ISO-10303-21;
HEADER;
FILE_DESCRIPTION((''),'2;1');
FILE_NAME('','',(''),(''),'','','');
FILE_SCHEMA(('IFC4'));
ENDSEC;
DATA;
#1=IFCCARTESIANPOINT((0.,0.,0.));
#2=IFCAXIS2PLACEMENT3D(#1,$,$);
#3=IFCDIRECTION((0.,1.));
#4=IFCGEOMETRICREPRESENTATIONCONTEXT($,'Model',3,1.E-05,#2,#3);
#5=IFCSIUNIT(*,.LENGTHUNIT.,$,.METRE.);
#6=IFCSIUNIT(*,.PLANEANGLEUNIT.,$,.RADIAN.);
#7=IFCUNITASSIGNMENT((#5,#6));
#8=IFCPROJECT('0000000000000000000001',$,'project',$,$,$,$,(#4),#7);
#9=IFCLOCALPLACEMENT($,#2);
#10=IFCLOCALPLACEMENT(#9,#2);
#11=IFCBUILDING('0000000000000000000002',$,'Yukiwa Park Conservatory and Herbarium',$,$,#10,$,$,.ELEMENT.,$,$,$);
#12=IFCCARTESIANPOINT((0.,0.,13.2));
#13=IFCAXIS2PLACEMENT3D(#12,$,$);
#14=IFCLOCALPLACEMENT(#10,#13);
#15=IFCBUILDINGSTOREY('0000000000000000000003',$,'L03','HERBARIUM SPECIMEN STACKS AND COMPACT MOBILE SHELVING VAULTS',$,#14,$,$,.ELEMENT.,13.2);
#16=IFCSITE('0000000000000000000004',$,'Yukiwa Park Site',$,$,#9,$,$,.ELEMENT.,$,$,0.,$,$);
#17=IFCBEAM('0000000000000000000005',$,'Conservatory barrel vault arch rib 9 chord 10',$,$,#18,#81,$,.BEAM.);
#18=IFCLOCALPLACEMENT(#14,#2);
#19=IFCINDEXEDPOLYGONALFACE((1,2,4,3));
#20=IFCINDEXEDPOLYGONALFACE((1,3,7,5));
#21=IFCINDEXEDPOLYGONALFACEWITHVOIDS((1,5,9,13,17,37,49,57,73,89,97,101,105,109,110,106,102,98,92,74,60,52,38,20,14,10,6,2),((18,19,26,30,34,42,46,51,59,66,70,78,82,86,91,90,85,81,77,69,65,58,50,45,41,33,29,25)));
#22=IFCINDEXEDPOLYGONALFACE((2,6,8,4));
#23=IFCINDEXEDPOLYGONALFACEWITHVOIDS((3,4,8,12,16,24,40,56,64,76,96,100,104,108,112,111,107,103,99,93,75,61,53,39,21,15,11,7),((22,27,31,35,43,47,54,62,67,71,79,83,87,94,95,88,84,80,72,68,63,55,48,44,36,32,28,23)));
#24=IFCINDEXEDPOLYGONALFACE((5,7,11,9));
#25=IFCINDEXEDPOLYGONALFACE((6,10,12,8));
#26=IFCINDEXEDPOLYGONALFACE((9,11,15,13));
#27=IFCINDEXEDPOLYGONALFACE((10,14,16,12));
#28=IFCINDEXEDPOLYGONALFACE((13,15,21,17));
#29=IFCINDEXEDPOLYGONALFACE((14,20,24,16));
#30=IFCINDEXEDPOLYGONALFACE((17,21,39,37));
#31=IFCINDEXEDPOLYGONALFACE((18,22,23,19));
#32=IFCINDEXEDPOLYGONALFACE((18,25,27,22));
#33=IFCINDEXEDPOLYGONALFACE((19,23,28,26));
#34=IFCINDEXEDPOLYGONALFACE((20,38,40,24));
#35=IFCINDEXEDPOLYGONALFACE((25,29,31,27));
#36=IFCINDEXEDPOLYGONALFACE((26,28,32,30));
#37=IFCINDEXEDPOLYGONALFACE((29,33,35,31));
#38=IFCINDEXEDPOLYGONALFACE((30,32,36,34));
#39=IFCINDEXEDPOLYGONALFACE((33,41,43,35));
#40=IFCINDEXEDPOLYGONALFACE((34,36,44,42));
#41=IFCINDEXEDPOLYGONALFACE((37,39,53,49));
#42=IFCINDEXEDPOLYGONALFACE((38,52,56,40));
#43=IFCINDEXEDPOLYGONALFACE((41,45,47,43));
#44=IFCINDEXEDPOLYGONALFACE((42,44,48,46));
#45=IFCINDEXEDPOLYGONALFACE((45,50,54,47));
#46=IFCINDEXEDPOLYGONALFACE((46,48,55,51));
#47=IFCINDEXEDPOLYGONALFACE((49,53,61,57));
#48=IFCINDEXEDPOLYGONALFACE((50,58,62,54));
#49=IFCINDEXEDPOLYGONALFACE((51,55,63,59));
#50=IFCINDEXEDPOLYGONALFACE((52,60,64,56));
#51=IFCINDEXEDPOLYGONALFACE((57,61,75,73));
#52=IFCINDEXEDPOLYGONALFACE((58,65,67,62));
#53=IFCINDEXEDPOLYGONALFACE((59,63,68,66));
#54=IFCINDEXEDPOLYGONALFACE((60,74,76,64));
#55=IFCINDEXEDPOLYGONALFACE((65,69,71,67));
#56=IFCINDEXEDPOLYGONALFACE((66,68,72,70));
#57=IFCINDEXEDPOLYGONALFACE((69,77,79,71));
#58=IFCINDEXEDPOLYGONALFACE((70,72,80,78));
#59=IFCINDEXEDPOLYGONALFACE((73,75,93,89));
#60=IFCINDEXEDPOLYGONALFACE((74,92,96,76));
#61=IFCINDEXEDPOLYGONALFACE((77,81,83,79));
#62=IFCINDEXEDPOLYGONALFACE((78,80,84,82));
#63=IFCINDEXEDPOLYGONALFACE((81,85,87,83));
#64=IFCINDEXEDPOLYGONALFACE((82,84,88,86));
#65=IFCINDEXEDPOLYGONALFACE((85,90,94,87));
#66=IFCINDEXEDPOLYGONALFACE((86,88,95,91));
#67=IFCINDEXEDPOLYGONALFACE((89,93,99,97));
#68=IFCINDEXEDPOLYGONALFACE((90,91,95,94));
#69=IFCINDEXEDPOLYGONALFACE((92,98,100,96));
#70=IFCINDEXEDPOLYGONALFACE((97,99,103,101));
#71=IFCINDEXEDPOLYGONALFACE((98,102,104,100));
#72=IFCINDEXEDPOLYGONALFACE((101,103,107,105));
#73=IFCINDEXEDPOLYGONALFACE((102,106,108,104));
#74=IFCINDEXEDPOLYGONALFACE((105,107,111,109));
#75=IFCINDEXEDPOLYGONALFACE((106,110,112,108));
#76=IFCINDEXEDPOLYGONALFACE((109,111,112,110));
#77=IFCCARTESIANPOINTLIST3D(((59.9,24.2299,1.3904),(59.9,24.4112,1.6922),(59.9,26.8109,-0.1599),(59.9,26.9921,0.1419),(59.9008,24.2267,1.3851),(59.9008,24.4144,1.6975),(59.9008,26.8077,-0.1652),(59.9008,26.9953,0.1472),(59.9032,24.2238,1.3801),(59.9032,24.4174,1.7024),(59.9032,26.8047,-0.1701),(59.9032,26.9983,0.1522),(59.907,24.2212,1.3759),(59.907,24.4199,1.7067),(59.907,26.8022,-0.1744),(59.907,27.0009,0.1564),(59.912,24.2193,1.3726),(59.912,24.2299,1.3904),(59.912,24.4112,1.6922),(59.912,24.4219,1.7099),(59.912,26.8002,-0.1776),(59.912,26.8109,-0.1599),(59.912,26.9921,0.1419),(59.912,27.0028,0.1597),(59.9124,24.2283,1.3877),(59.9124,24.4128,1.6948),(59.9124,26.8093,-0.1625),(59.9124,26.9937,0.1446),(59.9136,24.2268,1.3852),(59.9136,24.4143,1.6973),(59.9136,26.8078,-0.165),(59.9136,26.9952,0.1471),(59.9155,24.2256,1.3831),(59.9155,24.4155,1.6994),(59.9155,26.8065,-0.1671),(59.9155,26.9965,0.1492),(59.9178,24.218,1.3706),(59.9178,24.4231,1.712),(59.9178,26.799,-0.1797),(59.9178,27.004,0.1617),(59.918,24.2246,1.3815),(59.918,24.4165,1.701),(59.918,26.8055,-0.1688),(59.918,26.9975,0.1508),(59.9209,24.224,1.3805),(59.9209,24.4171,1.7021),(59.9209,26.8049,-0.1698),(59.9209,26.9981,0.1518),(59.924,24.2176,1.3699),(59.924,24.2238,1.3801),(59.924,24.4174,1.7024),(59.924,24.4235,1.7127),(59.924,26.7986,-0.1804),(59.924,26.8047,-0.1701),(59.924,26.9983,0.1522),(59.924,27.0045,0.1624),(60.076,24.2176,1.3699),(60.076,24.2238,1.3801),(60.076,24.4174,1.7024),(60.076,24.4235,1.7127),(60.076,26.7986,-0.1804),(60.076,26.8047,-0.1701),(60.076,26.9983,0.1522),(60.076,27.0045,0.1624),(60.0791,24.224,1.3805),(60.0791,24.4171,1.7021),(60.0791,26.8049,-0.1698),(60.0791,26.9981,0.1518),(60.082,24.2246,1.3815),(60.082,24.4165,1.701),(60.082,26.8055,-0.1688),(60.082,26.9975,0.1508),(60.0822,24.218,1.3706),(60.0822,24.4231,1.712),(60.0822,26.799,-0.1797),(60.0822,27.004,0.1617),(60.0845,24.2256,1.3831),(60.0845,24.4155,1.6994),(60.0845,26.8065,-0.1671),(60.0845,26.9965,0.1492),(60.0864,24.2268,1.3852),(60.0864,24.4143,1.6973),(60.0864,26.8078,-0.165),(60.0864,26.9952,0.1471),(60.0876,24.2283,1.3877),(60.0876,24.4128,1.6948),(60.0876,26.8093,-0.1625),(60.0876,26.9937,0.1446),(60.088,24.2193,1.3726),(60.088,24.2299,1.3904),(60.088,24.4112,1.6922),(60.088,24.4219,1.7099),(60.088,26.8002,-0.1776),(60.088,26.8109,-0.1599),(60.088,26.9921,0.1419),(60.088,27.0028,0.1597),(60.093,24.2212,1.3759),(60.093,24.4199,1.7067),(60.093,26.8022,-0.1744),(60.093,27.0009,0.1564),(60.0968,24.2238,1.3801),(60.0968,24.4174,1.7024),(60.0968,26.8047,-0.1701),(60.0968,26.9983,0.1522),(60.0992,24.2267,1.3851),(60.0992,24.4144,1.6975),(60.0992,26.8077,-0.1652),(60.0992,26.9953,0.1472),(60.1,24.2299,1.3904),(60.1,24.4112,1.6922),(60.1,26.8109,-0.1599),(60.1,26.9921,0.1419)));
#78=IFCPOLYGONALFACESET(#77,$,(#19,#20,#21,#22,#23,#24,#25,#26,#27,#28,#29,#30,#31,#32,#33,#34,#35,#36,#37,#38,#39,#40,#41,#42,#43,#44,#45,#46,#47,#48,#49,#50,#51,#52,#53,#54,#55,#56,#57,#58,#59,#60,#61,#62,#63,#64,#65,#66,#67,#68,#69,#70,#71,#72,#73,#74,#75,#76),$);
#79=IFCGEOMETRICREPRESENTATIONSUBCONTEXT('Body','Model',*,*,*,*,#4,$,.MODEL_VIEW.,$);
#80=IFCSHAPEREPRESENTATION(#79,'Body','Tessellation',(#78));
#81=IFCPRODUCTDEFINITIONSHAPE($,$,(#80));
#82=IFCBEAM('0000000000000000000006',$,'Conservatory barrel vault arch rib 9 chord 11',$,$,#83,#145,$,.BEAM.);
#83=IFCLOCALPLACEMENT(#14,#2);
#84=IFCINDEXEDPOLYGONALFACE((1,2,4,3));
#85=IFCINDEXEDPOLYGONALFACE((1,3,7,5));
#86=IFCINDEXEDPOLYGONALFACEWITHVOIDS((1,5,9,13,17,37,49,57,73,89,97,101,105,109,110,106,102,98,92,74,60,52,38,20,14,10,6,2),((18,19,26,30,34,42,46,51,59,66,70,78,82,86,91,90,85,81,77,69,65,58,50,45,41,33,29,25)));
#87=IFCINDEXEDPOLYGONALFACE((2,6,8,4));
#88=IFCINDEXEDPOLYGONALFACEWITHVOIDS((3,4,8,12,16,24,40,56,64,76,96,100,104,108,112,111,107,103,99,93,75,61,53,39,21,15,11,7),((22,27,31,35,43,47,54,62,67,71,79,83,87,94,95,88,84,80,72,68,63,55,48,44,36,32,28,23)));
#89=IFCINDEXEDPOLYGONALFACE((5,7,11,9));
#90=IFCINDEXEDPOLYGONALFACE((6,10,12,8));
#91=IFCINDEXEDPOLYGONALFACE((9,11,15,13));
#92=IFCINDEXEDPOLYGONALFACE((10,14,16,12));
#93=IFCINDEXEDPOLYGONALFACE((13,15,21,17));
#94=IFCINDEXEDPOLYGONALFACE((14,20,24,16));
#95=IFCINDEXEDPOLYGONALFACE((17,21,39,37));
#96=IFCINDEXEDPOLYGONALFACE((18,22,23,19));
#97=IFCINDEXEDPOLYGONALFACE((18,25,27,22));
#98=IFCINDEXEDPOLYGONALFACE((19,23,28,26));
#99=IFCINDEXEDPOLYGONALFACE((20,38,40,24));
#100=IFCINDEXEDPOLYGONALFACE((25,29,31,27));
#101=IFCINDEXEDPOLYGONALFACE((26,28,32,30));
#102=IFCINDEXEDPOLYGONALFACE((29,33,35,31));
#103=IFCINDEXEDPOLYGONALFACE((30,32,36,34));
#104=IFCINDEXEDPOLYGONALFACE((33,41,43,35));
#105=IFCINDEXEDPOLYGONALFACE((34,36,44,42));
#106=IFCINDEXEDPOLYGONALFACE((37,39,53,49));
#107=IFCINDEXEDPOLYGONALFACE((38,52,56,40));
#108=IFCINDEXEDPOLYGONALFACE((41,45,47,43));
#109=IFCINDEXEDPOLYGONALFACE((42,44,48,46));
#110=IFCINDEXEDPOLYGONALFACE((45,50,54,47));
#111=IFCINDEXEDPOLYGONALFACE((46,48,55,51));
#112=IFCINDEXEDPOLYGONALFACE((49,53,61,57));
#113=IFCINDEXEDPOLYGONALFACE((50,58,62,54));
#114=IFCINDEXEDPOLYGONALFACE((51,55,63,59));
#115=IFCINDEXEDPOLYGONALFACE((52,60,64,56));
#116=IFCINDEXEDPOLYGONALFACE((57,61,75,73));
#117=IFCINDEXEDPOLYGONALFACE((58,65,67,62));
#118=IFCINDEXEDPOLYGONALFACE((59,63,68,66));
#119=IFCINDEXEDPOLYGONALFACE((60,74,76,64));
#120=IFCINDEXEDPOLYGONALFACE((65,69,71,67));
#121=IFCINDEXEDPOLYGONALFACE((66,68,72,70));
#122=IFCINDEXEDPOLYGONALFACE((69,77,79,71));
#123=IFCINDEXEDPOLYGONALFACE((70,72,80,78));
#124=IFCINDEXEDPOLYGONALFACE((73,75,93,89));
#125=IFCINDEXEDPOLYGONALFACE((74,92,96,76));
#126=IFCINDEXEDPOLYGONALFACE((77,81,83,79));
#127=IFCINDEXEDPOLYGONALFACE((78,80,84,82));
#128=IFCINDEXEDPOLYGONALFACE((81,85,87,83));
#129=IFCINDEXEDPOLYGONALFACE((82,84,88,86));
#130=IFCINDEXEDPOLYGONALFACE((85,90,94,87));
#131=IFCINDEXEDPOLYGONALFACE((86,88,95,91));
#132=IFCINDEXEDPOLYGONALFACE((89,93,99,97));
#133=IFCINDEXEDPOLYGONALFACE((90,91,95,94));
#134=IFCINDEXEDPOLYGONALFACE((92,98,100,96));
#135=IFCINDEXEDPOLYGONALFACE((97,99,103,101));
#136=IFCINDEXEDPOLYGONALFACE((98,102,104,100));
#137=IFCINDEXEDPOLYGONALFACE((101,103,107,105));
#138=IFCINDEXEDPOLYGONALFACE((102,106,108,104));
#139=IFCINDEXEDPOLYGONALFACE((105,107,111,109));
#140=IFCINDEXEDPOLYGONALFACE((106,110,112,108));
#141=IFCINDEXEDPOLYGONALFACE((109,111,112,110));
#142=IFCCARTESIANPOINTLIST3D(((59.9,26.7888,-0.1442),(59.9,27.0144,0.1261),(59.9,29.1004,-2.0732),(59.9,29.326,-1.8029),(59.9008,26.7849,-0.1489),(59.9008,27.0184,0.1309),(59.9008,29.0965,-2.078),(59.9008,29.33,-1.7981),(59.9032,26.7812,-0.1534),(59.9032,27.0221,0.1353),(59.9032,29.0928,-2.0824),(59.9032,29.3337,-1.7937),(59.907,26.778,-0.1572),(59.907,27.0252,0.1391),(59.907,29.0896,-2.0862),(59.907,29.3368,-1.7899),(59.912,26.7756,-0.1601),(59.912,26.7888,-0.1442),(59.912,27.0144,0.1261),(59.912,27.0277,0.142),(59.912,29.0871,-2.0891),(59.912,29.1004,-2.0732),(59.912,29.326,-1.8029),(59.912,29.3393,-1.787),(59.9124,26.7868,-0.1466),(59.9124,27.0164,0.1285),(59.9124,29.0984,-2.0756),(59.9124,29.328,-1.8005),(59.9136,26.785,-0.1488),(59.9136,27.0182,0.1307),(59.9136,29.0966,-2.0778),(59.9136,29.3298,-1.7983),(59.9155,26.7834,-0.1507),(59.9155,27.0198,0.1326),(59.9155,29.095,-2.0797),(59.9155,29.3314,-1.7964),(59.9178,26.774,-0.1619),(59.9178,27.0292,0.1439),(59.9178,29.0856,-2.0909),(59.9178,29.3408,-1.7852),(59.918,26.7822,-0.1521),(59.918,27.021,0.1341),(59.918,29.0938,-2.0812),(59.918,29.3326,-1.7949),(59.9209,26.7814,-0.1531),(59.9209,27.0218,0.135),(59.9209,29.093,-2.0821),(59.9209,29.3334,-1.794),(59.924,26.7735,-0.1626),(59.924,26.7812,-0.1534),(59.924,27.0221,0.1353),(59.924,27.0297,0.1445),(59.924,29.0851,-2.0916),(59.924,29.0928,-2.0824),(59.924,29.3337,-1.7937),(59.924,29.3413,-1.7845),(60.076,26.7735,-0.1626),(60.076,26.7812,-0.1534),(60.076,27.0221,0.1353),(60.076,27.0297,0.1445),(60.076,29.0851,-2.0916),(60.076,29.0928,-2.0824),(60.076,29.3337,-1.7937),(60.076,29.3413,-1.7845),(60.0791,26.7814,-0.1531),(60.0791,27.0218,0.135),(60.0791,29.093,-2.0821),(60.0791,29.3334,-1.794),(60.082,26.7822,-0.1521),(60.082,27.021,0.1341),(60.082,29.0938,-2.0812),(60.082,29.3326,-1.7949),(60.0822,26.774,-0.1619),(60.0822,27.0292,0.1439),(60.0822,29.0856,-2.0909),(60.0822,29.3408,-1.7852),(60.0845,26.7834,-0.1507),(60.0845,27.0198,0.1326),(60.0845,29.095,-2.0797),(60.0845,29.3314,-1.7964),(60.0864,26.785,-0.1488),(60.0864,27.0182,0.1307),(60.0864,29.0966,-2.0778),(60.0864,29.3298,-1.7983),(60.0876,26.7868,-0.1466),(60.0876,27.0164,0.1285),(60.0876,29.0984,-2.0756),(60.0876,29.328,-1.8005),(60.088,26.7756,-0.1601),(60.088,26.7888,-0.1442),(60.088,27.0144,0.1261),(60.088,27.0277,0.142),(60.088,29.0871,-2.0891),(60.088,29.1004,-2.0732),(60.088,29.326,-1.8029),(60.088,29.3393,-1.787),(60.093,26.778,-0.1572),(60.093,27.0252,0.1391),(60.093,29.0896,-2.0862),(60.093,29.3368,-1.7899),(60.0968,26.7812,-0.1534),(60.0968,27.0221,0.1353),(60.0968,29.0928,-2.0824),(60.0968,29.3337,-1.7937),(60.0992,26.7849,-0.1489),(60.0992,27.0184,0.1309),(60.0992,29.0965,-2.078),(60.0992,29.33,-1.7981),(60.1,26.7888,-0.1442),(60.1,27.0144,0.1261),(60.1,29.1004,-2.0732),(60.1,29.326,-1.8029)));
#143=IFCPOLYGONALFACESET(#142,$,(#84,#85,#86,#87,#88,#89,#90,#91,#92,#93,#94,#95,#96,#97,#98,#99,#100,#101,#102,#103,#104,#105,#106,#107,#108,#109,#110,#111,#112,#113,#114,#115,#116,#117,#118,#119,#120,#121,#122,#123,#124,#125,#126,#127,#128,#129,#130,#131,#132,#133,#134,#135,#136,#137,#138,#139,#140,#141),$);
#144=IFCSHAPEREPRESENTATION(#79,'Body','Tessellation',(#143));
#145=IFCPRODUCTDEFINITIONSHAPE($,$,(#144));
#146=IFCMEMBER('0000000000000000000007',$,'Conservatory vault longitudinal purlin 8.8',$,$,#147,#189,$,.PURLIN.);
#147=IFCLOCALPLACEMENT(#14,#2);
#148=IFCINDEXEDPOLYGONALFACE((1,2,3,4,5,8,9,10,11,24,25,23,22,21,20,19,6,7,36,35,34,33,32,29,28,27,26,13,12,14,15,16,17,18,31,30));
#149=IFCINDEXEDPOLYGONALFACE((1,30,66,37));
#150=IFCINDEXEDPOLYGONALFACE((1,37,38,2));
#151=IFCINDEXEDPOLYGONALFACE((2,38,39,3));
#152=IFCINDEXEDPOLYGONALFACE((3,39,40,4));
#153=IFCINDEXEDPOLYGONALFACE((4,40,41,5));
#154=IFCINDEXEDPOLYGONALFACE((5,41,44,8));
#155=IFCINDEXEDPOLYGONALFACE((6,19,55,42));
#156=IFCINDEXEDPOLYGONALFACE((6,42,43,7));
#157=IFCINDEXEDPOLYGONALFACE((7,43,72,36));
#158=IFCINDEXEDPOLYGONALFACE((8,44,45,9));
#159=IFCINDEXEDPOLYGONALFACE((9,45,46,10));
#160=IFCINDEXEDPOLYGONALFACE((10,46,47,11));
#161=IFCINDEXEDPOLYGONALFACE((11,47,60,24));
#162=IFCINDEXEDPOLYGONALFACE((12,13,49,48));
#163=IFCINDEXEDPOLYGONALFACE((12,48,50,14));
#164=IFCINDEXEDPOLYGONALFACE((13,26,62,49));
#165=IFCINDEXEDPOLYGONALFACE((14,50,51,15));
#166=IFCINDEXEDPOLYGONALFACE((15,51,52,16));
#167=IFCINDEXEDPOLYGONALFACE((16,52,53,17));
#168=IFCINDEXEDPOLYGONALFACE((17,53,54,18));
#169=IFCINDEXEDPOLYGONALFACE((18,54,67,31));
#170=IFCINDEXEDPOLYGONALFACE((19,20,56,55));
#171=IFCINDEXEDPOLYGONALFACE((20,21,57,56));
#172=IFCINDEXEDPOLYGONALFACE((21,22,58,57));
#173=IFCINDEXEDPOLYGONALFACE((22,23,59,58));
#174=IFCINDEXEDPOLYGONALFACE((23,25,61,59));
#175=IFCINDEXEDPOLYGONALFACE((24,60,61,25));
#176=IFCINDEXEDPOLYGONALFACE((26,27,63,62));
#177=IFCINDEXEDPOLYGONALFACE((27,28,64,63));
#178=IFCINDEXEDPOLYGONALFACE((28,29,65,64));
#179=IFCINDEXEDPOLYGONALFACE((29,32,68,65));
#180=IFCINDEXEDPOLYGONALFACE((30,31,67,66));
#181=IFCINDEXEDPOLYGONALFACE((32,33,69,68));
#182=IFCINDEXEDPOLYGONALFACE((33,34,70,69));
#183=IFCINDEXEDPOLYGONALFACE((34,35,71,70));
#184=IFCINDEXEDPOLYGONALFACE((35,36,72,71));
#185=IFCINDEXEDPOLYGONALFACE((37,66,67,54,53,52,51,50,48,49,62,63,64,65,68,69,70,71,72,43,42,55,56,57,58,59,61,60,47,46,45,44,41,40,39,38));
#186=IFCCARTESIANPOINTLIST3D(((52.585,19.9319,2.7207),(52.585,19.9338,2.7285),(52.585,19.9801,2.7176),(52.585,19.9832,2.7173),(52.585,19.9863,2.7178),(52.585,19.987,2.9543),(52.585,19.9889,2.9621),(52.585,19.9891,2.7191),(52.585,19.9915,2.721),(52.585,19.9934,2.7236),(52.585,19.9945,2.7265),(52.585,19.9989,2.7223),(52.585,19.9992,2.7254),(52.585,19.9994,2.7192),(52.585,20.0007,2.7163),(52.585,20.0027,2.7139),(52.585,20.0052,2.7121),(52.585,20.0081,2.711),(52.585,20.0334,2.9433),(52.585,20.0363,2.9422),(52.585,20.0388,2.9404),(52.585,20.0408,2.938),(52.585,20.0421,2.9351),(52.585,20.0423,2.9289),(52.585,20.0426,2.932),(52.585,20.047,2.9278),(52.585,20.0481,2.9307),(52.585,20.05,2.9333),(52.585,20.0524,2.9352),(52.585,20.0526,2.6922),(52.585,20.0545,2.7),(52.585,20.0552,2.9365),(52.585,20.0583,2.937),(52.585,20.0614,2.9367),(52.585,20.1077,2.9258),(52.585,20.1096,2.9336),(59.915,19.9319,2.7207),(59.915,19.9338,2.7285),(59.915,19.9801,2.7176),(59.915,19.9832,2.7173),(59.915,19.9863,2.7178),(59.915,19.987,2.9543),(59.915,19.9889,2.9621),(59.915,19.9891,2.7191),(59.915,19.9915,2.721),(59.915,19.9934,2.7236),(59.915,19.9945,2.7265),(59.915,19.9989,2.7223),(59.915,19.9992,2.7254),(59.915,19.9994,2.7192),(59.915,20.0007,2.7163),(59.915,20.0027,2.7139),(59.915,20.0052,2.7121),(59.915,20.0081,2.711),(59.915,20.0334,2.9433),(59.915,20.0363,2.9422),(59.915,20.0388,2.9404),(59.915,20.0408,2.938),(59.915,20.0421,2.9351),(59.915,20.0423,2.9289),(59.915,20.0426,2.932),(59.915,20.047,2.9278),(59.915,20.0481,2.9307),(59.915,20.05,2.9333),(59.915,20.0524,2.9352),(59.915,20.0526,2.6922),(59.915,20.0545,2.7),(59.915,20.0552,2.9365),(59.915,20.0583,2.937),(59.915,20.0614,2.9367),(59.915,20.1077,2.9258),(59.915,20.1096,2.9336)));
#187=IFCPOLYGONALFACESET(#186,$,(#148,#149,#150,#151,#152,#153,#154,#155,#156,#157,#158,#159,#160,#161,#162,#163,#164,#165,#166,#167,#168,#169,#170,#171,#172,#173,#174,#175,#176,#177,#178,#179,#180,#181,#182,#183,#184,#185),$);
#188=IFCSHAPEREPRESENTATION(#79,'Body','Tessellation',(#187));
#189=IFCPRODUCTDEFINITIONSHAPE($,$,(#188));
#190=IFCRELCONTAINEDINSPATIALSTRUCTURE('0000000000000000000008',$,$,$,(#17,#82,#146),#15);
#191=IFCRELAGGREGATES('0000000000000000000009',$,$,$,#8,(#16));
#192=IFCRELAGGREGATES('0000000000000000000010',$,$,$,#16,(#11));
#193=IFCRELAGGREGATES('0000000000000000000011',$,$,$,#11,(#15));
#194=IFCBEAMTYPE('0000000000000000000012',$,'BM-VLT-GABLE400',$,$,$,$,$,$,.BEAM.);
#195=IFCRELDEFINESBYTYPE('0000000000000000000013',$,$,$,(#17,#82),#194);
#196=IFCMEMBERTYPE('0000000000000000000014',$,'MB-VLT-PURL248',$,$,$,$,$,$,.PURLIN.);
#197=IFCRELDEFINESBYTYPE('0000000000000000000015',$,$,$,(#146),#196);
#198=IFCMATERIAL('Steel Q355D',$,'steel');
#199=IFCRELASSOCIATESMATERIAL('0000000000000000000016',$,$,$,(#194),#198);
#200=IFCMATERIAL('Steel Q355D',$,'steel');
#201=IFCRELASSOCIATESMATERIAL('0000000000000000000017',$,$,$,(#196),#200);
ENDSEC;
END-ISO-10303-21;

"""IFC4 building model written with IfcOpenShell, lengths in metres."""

from ifc_helpers import new_model, si_unit, direction, frame, origin, origin_2d, place, context, subcontext, project, spatial, hollow_rectangle, i_section, extrude, material, material_profile, profile_set, type_object, element, save


model = new_model("IFC4")

# Units and contexts
model_context = context("Model", 3, precision=1e-05, world=origin(), true_north=direction((0.0, 1.0)))
body_context = subcontext(model_context, "Body", "Model", "MODEL_VIEW")
ifc_project = project(units=[si_unit("LENGTHUNIT", "METRE"), si_unit("PLANEANGLEUNIT", "RADIAN")], contexts=[model_context])

# Site, building, storey
site_placement = place(None, origin())
site = spatial("IfcSite", under=ifc_project, at=site_placement, Name="Yukiwa Park Site", CompositionType="ELEMENT", RefElevation=0.0)
building_placement = place(site_placement, origin())
building = spatial("IfcBuilding", under=site, at=building_placement, Name="Yukiwa Park Conservatory and Herbarium", CompositionType="ELEMENT")
storey_placement = place(building_placement, frame((0.0, 0.0, 13.2)))
storey = spatial("IfcBuildingStorey", under=building, at=storey_placement, Name="L03", Description="HERBARIUM SPECIMEN STACKS AND COMPACT MOBILE SHELVING VAULTS", CompositionType="ELEMENT", Elevation=13.2)

# Beams
ifc_material_1 = material(Name="Steel Q355D", Category="steel")
ifc_material_profile_1 = material_profile(ifc_material_1, hollow_rectangle(XDim=0.2, YDim=0.3999, WallThickness=0.012, InnerFilletRadius=0.012, OuterFilletRadius=0.0239, at=origin_2d()), Name="RHS 400x200x12")
ifc_profile_set_1 = profile_set([ifc_material_profile_1], Name="Steel Q355D")
beam_type_1 = type_object("IfcBeamType", Name="BM-VLT-GABLE400", PredefinedType="BEAM", material=ifc_profile_set_1)
for number, where, z_axis, x_axis, name in (
    (1, (60.0, 24.3206, 1.5413), (0.0, 0.85725, -0.514901), (-1.0, 0.0, 0.0), "Conservatory barrel vault arch rib 9 chord 10"),
    (2, (60.0, 26.9016, -0.009), (0.0, 0.767782, -0.640711), (-1.0, 0.0, 0.0), "Conservatory barrel vault arch rib 9 chord 11"),
):
    element("IfcBeam", number, at=place(storey_placement, frame(where, z_axis=z_axis, x_axis=x_axis)), inside=storey, type_object=beam_type_1, Name=name, PredefinedType="BEAM", context=body_context, shape_type="SweptSolid", body=[
        extrude(hollow_rectangle(XDim=0.2, YDim=0.3999, WallThickness=0.012, InnerFilletRadius=0.012, OuterFilletRadius=0.0239, at=origin_2d()), origin(), (0.0, 0.0, 1.0), 3.0107),
    ])

# Member
ifc_material_2 = material(Name="Steel Q355D", Category="steel")
ifc_material_profile_2 = material_profile(ifc_material_2, i_section(OverallWidth=0.124, OverallDepth=0.248, WebThickness=0.0049, FlangeThickness=0.0081, FilletRadius=0.012, at=origin_2d()), Name="HN 248x124x5x8")
ifc_profile_set_2 = profile_set([ifc_material_profile_2], Name="Steel Q355D")
member_type = type_object("IfcMemberType", Name="MB-VLT-PURL248", PredefinedType="PURLIN", material=ifc_profile_set_2)
for number, where, z_axis, x_axis, name in (
    (3, (52.585, 20.0208, 2.8271), (1.0, 0.0, 0.0), (0.0, 0.973249, -0.229752), "Conservatory vault longitudinal purlin 8.8"),
):
    element("IfcMember", number, at=place(storey_placement, frame(where, z_axis=z_axis, x_axis=x_axis)), inside=storey, type_object=member_type, Name=name, PredefinedType="PURLIN", context=body_context, shape_type="SweptSolid", body=[
        extrude(i_section(OverallWidth=0.124, OverallDepth=0.248, WebThickness=0.0049, FlangeThickness=0.0081, FilletRadius=0.012, at=origin_2d()), origin(), (0.0, 0.0, 1.0), 7.3301),
    ])

save(model, "model.ifc")
